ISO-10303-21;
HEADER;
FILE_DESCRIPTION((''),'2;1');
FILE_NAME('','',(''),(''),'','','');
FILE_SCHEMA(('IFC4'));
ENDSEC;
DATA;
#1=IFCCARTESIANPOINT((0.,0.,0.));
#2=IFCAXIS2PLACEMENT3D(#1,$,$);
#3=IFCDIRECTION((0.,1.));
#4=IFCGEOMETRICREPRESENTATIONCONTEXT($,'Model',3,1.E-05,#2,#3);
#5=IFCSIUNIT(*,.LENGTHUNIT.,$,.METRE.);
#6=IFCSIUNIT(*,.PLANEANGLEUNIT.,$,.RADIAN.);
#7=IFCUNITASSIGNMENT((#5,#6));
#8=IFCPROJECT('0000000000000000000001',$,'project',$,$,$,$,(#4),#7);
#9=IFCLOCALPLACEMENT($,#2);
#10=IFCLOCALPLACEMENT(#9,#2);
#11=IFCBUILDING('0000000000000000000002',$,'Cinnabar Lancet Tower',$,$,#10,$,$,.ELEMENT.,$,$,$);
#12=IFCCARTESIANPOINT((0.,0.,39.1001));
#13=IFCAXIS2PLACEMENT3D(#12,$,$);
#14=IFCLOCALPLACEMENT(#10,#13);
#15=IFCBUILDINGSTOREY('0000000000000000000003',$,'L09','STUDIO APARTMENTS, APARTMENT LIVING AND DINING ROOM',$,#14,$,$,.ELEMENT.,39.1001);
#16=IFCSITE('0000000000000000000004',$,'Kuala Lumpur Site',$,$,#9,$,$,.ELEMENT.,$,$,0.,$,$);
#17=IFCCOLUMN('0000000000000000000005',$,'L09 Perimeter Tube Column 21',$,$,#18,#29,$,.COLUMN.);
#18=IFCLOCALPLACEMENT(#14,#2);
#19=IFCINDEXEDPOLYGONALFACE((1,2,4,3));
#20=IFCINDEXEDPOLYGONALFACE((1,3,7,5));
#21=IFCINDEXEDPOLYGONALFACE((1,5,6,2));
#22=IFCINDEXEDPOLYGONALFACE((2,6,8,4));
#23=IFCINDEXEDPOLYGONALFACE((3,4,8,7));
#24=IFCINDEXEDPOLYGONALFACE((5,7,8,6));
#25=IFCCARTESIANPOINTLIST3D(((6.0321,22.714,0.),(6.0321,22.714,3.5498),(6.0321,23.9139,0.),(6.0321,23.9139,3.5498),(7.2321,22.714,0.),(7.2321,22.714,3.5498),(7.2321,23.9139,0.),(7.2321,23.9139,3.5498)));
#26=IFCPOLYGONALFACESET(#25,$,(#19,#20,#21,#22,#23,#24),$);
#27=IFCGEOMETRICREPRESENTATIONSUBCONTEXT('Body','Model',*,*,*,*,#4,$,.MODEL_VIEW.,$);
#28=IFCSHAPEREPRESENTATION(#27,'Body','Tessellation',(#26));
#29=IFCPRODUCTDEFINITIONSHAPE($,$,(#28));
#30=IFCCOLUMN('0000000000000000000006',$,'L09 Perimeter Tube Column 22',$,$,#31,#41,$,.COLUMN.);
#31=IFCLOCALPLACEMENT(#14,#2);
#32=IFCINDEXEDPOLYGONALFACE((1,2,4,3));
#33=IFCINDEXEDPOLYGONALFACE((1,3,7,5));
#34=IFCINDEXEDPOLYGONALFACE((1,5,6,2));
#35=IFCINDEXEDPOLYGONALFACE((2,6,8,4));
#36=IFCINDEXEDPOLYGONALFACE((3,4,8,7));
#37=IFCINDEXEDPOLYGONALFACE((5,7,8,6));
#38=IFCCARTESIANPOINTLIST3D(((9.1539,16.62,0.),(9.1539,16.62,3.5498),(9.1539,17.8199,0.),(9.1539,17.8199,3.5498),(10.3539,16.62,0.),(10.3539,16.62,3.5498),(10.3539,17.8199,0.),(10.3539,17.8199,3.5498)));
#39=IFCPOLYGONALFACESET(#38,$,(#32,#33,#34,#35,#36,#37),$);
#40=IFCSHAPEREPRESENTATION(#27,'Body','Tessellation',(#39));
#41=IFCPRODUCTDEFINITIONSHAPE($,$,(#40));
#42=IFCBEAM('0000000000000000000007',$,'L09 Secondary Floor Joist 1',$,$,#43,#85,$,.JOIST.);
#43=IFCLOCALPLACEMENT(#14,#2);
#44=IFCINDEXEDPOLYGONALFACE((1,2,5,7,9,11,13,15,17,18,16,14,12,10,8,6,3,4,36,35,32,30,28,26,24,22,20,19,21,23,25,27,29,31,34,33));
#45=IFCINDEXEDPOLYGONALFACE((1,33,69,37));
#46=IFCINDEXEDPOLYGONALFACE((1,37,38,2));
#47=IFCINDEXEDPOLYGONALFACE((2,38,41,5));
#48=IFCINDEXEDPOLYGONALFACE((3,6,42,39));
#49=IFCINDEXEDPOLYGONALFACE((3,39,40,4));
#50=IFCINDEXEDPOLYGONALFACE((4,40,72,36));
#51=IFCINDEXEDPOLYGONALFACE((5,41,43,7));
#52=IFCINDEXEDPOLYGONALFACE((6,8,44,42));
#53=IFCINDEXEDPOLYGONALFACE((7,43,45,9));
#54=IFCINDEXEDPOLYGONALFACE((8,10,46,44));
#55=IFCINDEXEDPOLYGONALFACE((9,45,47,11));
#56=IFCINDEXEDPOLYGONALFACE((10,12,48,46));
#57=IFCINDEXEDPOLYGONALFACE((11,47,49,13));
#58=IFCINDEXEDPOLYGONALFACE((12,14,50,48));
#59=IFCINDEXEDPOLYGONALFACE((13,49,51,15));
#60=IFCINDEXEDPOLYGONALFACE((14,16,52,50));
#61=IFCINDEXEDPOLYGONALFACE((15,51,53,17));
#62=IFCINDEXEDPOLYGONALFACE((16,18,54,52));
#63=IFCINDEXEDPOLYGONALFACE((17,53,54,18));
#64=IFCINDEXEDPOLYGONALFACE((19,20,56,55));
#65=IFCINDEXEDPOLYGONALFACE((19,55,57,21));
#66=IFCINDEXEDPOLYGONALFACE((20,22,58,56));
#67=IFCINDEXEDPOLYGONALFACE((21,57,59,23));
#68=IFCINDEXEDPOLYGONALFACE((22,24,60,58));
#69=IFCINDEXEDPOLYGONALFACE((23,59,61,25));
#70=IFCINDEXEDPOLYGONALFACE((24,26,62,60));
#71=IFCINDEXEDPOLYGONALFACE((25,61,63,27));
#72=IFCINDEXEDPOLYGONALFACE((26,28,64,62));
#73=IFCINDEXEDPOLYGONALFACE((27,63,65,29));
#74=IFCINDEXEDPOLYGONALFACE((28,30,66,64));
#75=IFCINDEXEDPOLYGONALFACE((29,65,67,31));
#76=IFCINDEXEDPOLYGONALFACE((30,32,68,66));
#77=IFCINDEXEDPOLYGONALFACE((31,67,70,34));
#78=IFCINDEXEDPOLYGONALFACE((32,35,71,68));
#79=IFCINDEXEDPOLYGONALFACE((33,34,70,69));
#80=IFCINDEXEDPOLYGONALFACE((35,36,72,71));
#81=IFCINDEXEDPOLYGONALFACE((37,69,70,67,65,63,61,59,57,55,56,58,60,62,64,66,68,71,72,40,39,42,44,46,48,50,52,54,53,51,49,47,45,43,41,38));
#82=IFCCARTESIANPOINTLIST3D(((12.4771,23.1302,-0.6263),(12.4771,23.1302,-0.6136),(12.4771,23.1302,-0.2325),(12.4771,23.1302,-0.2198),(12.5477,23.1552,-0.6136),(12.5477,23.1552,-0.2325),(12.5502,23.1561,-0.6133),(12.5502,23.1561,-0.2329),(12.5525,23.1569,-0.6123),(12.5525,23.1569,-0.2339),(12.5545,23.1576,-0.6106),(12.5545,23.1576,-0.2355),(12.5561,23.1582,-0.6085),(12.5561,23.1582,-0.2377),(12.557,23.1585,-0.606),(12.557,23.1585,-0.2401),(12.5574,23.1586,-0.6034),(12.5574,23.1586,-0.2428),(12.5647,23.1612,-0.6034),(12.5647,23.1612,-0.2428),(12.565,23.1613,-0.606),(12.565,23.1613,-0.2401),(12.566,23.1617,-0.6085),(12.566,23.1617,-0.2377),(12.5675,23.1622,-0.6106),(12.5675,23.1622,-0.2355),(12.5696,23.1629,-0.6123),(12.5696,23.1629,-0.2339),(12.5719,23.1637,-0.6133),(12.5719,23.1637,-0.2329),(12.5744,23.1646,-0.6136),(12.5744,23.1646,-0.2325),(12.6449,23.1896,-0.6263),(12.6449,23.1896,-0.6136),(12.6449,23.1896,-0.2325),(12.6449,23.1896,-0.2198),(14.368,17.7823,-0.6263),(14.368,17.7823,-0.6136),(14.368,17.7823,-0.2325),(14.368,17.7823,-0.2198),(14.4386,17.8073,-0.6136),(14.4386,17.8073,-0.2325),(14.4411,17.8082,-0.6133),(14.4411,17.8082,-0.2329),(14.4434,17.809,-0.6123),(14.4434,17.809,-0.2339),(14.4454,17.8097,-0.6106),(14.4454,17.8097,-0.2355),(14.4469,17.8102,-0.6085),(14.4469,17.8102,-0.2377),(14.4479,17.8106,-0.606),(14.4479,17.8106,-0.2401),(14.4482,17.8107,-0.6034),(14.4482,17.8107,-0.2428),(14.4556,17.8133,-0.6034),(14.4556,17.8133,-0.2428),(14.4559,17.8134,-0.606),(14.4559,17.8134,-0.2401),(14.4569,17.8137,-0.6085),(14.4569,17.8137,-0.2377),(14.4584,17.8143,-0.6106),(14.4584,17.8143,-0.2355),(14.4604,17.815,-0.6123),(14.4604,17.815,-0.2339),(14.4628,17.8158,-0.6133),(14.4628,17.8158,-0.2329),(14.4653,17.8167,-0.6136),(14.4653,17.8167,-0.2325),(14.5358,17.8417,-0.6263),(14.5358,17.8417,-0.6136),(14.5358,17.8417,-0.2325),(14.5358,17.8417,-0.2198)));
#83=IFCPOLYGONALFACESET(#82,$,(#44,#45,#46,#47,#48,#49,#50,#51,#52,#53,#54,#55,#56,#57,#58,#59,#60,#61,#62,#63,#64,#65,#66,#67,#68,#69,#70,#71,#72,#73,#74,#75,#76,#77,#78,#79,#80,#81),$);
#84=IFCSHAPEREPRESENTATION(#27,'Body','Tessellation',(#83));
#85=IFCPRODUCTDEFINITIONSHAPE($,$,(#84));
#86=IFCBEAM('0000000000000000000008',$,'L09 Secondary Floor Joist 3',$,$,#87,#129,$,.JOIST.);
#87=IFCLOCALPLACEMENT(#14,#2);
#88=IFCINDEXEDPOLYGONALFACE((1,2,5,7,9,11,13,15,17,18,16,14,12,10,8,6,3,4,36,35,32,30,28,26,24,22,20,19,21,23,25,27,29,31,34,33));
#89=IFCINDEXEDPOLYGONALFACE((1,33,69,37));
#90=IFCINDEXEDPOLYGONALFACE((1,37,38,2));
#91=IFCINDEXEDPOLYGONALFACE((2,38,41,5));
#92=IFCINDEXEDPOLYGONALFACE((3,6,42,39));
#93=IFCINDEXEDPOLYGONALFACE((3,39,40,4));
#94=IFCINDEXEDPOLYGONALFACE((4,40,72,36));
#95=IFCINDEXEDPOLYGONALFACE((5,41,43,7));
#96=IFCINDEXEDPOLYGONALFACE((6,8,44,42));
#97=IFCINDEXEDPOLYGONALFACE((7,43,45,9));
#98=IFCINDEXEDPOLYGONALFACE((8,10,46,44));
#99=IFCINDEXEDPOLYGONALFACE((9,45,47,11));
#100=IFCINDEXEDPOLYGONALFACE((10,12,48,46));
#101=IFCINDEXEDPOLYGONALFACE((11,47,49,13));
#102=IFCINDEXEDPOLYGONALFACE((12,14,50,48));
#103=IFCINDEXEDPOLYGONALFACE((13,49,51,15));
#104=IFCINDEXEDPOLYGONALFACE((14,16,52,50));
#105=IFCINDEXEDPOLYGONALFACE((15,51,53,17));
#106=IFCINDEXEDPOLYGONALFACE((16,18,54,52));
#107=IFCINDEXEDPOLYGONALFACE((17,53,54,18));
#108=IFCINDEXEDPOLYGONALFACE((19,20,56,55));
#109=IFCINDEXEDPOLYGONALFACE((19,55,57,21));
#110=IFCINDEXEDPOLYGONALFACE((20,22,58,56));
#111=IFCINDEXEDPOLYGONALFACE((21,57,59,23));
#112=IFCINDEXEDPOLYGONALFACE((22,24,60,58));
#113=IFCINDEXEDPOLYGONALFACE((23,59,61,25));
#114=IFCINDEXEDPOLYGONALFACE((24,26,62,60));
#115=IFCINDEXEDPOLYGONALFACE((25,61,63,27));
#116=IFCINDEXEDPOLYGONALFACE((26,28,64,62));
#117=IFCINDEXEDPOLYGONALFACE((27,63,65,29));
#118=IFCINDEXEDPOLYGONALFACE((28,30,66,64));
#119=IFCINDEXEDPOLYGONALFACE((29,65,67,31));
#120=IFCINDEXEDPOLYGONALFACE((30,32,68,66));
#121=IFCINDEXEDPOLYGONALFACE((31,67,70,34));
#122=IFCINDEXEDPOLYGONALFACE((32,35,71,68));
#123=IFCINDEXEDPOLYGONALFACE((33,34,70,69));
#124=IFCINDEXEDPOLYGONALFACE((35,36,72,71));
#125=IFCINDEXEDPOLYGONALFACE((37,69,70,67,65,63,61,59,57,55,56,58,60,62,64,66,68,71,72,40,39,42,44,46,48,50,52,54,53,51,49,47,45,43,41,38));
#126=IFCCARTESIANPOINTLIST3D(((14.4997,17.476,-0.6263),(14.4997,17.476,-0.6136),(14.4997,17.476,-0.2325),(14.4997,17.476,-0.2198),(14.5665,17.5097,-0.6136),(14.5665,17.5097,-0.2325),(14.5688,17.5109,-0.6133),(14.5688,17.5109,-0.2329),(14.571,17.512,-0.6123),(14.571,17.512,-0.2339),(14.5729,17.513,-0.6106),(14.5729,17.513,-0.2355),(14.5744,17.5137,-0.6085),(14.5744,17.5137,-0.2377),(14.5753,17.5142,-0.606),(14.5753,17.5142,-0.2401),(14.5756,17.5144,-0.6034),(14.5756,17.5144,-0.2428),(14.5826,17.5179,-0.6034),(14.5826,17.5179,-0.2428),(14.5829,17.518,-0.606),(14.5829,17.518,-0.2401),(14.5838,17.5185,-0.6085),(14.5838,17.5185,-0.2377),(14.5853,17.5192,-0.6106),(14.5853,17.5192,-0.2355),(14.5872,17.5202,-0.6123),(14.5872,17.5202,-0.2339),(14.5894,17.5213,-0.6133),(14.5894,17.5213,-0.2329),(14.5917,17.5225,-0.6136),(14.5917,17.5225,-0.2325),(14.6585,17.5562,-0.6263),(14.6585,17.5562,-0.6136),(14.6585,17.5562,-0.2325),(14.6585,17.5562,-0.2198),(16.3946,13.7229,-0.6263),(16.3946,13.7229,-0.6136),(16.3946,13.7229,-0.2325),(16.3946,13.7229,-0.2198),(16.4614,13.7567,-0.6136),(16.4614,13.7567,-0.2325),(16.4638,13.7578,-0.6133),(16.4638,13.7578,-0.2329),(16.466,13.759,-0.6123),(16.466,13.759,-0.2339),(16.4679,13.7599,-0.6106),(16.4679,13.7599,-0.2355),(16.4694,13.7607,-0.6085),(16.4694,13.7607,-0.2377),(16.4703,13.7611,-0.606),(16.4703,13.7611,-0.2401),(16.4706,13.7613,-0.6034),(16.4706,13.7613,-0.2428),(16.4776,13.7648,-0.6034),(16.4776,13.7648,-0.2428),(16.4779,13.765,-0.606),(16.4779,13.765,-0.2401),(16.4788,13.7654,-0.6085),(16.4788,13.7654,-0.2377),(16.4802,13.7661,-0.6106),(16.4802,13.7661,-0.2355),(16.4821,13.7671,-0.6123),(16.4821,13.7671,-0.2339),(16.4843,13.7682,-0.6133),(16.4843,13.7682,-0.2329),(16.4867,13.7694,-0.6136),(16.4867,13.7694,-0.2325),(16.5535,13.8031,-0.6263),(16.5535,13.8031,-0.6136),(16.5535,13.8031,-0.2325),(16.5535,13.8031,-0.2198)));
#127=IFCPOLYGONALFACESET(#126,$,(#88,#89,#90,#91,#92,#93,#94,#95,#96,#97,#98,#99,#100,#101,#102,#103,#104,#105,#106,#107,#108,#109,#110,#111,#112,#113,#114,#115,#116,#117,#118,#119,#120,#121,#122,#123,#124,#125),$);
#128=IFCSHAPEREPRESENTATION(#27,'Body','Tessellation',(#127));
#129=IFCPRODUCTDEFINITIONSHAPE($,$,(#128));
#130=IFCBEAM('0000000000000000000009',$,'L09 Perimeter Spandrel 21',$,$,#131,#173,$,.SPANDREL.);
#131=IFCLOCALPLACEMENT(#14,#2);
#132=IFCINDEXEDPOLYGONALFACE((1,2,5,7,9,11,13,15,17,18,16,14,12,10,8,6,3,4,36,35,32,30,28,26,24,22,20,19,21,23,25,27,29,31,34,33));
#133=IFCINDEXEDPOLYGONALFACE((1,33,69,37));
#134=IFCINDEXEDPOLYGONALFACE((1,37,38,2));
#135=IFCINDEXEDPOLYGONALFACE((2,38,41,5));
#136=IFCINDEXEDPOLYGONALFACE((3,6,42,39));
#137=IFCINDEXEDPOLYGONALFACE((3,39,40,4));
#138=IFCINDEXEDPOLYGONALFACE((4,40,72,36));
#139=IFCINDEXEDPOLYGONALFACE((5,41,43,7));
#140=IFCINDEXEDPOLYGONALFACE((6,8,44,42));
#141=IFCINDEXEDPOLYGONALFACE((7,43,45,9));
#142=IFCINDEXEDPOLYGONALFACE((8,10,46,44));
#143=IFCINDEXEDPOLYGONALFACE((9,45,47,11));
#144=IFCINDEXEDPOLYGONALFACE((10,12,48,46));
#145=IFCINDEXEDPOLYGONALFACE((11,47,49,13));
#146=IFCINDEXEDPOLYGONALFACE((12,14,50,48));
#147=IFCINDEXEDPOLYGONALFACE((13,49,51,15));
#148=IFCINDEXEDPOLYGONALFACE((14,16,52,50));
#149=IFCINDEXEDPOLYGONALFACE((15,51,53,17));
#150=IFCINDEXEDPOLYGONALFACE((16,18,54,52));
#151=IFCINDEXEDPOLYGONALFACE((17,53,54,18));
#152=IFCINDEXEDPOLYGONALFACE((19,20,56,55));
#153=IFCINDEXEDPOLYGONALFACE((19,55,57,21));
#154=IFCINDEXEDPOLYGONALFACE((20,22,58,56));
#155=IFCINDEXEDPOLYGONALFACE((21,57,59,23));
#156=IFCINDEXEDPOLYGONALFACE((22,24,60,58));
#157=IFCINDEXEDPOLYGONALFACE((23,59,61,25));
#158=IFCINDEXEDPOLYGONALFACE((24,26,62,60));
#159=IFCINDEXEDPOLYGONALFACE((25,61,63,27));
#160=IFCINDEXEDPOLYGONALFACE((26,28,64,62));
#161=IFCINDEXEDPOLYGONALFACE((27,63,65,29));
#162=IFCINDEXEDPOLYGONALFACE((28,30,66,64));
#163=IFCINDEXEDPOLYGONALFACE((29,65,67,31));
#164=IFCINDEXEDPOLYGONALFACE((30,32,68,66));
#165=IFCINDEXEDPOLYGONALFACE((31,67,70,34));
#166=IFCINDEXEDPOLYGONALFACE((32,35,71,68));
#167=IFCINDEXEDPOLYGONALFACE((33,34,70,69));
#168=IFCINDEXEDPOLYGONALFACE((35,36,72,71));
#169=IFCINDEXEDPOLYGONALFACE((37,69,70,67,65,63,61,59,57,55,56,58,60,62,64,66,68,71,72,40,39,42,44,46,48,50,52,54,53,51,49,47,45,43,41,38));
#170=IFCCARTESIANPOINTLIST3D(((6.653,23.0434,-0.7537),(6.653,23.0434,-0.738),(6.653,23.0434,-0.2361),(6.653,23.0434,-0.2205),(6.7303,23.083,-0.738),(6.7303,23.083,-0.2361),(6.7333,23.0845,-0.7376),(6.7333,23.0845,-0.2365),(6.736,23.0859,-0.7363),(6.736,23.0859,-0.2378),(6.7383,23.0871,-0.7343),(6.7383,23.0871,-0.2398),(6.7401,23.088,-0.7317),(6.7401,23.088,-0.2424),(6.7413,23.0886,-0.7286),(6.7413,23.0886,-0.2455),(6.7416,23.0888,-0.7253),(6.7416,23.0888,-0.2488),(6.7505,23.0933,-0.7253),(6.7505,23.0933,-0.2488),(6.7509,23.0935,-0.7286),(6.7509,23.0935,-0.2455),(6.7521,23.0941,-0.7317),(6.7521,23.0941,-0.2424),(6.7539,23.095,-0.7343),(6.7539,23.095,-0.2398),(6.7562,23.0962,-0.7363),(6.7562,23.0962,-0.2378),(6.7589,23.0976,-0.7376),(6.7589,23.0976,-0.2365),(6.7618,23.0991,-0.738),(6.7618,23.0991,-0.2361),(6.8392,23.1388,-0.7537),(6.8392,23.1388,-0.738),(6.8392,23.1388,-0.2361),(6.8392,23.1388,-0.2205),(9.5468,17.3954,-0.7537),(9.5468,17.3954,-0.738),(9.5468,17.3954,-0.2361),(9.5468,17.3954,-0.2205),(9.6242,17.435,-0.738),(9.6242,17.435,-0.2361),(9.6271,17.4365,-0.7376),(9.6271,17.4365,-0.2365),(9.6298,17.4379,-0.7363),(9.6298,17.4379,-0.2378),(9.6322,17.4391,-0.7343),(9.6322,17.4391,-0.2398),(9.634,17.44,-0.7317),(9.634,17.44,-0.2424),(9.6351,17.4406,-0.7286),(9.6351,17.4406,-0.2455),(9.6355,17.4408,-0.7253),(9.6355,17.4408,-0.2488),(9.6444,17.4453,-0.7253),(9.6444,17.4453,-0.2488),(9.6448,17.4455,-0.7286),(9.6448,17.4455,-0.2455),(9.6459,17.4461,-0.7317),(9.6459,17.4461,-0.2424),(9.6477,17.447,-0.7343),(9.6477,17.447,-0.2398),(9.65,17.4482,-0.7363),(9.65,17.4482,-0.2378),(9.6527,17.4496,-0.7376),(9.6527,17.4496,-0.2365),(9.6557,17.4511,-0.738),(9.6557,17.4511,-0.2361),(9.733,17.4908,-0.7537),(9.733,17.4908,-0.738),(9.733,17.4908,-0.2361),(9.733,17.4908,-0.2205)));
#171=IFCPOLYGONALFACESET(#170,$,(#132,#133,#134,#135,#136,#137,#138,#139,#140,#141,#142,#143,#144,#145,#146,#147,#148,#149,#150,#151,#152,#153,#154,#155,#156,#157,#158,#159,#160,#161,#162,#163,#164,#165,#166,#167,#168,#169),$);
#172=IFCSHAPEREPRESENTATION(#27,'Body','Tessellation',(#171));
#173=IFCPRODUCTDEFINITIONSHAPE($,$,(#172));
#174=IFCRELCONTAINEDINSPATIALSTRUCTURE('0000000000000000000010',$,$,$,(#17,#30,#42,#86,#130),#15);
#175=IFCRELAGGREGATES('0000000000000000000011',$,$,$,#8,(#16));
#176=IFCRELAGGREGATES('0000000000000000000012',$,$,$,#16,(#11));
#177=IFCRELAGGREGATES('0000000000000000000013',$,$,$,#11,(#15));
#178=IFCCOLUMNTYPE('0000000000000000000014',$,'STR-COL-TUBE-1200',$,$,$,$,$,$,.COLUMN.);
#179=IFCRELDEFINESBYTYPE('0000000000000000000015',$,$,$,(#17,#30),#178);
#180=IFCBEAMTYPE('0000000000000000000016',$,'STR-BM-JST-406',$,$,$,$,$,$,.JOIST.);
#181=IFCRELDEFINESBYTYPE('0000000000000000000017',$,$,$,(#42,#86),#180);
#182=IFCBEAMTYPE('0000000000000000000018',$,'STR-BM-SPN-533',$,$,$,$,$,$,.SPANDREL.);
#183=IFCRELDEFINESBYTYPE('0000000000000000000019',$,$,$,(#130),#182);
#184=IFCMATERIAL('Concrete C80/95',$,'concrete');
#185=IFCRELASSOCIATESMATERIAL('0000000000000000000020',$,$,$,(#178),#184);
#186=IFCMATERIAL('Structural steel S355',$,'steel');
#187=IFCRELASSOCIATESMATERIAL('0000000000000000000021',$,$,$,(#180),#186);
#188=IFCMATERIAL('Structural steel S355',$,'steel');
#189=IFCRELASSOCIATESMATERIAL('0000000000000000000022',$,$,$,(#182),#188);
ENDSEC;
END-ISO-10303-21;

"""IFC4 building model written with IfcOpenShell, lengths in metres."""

from ifc_helpers import new_model, si_unit, direction, frame, origin, origin_2d, place, context, subcontext, project, spatial, rectangle, i_section, extrude, material, material_profile, profile_set, type_object, element, save


model = new_model("IFC4")

# Units and contexts
model_context = context("Model", 3, precision=1e-05, world=origin(), true_north=direction((0.0, 1.0)))
body_context = subcontext(model_context, "Body", "Model", "MODEL_VIEW")
ifc_project = project(units=[si_unit("LENGTHUNIT", "METRE"), si_unit("PLANEANGLEUNIT", "RADIAN")], contexts=[model_context])

# Site, building, storey
site_placement = place(None, origin())
site = spatial("IfcSite", under=ifc_project, at=site_placement, Name="Kuala Lumpur Site", CompositionType="ELEMENT", RefElevation=0.0)
building_placement = place(site_placement, origin())
building = spatial("IfcBuilding", under=site, at=building_placement, Name="Cinnabar Lancet Tower", CompositionType="ELEMENT")
storey_placement = place(building_placement, frame((0.0, 0.0, 39.1001)))
storey = spatial("IfcBuildingStorey", under=building, at=storey_placement, Name="L09", Description="STUDIO APARTMENTS, APARTMENT LIVING AND DINING ROOM", CompositionType="ELEMENT", Elevation=39.1001)

# Columns
ifc_material_1 = material(Name="Concrete C80/95", Category="concrete")
ifc_material_profile_1 = material_profile(ifc_material_1, rectangle(XDim=1.2, YDim=1.2, at=origin_2d()), Name="RC-COL 1200x1200")
ifc_profile_set_1 = profile_set([ifc_material_profile_1], Name="Concrete C80/95")
column_type = type_object("IfcColumnType", Name="STR-COL-TUBE-1200", PredefinedType="COLUMN", material=ifc_profile_set_1)
for number, where, z_axis, x_axis, name in (
    (1, (6.6321, 23.314, 0.0), (0.0, 0.0, 1.0), (1.0, 0.0, 0.0), "L09 Perimeter Tube Column 21"),
    (2, (9.7539, 17.22, 0.0), (0.0, 0.0, 1.0), (1.0, 0.0, 0.0), "L09 Perimeter Tube Column 22"),
):
    element("IfcColumn", number, at=place(storey_placement, frame(where, z_axis=z_axis, x_axis=x_axis)), inside=storey, type_object=column_type, Name=name, PredefinedType="COLUMN", context=body_context, shape_type="SweptSolid", body=[
        extrude(rectangle(XDim=1.2, YDim=1.2, at=origin_2d()), origin(), (0.0, 0.0, 1.0), 3.5498),
    ])

# Beams
ifc_material_2 = material(Name="Structural steel S355", Category="steel")
ifc_material_profile_2 = material_profile(ifc_material_2, i_section(OverallWidth=0.178, OverallDepth=0.4065, WebThickness=0.0078, FlangeThickness=0.0127, FilletRadius=0.0103, at=origin_2d()), Name="UKB 406x178x60")
ifc_profile_set_2 = profile_set([ifc_material_profile_2], Name="Structural steel S355")
beam_type_1 = type_object("IfcBeamType", Name="STR-BM-JST-406", PredefinedType="JOIST", material=ifc_profile_set_2)
beam_1_placement = place(storey_placement, frame((12.561, 23.1599, -0.4231), z_axis=(0.333349, -0.942803, 0.0), x_axis=(0.942803, 0.333349, 0.0)))
element("IfcBeam", 3, at=beam_1_placement, inside=storey, type_object=beam_type_1, Name="L09 Secondary Floor Joist 1", PredefinedType="JOIST", context=body_context, shape_type="SweptSolid", body=[
    extrude(i_section(OverallWidth=0.178, OverallDepth=0.4065, WebThickness=0.0078, FlangeThickness=0.0127, FilletRadius=0.0103, at=origin_2d()), origin(), (0.0, 0.0, 1.0), 5.6724),
])
beam_2_placement = place(storey_placement, frame((14.5791, 17.5161, -0.4231), z_axis=(0.450717, -0.892667, 0.0), x_axis=(0.892667, 0.450717, 0.0)))
element("IfcBeam", 4, at=beam_2_placement, inside=storey, type_object=beam_type_1, Name="L09 Secondary Floor Joist 3", PredefinedType="JOIST", context=body_context, shape_type="SweptSolid", body=[
    extrude(i_section(OverallWidth=0.178, OverallDepth=0.4065, WebThickness=0.0078, FlangeThickness=0.0127, FilletRadius=0.0103, at=origin_2d()), origin(), (0.0, 0.0, 1.0), 4.2043),
])
ifc_material_3 = material(Name="Structural steel S355", Category="steel")
ifc_material_profile_3 = material_profile(ifc_material_3, i_section(OverallWidth=0.2092, OverallDepth=0.5332, WebThickness=0.01, FlangeThickness=0.0156, FilletRadius=0.0127, at=origin_2d()), Name="UKB 533x210x92")
ifc_profile_set_3 = profile_set([ifc_material_profile_3], Name="Structural steel S355")
beam_type_2 = type_object("IfcBeamType", Name="STR-BM-SPN-533", PredefinedType="SPANDREL", material=ifc_profile_set_3)
beam_3_placement = place(storey_placement, frame((6.7461, 23.0911, -0.4871), z_axis=(0.455994, -0.889983, 0.0), x_axis=(0.889983, 0.455994, 0.0)))
element("IfcBeam", 5, at=beam_3_placement, inside=storey, type_object=beam_type_2, Name="L09 Perimeter Spandrel 21", PredefinedType="SPANDREL", context=body_context, shape_type="SweptSolid", body=[
    extrude(i_section(OverallWidth=0.2092, OverallDepth=0.5332, WebThickness=0.01, FlangeThickness=0.0156, FilletRadius=0.0127, at=origin_2d()), origin(), (0.0, 0.0, 1.0), 6.3462),
])

save(model, "model.ifc")
